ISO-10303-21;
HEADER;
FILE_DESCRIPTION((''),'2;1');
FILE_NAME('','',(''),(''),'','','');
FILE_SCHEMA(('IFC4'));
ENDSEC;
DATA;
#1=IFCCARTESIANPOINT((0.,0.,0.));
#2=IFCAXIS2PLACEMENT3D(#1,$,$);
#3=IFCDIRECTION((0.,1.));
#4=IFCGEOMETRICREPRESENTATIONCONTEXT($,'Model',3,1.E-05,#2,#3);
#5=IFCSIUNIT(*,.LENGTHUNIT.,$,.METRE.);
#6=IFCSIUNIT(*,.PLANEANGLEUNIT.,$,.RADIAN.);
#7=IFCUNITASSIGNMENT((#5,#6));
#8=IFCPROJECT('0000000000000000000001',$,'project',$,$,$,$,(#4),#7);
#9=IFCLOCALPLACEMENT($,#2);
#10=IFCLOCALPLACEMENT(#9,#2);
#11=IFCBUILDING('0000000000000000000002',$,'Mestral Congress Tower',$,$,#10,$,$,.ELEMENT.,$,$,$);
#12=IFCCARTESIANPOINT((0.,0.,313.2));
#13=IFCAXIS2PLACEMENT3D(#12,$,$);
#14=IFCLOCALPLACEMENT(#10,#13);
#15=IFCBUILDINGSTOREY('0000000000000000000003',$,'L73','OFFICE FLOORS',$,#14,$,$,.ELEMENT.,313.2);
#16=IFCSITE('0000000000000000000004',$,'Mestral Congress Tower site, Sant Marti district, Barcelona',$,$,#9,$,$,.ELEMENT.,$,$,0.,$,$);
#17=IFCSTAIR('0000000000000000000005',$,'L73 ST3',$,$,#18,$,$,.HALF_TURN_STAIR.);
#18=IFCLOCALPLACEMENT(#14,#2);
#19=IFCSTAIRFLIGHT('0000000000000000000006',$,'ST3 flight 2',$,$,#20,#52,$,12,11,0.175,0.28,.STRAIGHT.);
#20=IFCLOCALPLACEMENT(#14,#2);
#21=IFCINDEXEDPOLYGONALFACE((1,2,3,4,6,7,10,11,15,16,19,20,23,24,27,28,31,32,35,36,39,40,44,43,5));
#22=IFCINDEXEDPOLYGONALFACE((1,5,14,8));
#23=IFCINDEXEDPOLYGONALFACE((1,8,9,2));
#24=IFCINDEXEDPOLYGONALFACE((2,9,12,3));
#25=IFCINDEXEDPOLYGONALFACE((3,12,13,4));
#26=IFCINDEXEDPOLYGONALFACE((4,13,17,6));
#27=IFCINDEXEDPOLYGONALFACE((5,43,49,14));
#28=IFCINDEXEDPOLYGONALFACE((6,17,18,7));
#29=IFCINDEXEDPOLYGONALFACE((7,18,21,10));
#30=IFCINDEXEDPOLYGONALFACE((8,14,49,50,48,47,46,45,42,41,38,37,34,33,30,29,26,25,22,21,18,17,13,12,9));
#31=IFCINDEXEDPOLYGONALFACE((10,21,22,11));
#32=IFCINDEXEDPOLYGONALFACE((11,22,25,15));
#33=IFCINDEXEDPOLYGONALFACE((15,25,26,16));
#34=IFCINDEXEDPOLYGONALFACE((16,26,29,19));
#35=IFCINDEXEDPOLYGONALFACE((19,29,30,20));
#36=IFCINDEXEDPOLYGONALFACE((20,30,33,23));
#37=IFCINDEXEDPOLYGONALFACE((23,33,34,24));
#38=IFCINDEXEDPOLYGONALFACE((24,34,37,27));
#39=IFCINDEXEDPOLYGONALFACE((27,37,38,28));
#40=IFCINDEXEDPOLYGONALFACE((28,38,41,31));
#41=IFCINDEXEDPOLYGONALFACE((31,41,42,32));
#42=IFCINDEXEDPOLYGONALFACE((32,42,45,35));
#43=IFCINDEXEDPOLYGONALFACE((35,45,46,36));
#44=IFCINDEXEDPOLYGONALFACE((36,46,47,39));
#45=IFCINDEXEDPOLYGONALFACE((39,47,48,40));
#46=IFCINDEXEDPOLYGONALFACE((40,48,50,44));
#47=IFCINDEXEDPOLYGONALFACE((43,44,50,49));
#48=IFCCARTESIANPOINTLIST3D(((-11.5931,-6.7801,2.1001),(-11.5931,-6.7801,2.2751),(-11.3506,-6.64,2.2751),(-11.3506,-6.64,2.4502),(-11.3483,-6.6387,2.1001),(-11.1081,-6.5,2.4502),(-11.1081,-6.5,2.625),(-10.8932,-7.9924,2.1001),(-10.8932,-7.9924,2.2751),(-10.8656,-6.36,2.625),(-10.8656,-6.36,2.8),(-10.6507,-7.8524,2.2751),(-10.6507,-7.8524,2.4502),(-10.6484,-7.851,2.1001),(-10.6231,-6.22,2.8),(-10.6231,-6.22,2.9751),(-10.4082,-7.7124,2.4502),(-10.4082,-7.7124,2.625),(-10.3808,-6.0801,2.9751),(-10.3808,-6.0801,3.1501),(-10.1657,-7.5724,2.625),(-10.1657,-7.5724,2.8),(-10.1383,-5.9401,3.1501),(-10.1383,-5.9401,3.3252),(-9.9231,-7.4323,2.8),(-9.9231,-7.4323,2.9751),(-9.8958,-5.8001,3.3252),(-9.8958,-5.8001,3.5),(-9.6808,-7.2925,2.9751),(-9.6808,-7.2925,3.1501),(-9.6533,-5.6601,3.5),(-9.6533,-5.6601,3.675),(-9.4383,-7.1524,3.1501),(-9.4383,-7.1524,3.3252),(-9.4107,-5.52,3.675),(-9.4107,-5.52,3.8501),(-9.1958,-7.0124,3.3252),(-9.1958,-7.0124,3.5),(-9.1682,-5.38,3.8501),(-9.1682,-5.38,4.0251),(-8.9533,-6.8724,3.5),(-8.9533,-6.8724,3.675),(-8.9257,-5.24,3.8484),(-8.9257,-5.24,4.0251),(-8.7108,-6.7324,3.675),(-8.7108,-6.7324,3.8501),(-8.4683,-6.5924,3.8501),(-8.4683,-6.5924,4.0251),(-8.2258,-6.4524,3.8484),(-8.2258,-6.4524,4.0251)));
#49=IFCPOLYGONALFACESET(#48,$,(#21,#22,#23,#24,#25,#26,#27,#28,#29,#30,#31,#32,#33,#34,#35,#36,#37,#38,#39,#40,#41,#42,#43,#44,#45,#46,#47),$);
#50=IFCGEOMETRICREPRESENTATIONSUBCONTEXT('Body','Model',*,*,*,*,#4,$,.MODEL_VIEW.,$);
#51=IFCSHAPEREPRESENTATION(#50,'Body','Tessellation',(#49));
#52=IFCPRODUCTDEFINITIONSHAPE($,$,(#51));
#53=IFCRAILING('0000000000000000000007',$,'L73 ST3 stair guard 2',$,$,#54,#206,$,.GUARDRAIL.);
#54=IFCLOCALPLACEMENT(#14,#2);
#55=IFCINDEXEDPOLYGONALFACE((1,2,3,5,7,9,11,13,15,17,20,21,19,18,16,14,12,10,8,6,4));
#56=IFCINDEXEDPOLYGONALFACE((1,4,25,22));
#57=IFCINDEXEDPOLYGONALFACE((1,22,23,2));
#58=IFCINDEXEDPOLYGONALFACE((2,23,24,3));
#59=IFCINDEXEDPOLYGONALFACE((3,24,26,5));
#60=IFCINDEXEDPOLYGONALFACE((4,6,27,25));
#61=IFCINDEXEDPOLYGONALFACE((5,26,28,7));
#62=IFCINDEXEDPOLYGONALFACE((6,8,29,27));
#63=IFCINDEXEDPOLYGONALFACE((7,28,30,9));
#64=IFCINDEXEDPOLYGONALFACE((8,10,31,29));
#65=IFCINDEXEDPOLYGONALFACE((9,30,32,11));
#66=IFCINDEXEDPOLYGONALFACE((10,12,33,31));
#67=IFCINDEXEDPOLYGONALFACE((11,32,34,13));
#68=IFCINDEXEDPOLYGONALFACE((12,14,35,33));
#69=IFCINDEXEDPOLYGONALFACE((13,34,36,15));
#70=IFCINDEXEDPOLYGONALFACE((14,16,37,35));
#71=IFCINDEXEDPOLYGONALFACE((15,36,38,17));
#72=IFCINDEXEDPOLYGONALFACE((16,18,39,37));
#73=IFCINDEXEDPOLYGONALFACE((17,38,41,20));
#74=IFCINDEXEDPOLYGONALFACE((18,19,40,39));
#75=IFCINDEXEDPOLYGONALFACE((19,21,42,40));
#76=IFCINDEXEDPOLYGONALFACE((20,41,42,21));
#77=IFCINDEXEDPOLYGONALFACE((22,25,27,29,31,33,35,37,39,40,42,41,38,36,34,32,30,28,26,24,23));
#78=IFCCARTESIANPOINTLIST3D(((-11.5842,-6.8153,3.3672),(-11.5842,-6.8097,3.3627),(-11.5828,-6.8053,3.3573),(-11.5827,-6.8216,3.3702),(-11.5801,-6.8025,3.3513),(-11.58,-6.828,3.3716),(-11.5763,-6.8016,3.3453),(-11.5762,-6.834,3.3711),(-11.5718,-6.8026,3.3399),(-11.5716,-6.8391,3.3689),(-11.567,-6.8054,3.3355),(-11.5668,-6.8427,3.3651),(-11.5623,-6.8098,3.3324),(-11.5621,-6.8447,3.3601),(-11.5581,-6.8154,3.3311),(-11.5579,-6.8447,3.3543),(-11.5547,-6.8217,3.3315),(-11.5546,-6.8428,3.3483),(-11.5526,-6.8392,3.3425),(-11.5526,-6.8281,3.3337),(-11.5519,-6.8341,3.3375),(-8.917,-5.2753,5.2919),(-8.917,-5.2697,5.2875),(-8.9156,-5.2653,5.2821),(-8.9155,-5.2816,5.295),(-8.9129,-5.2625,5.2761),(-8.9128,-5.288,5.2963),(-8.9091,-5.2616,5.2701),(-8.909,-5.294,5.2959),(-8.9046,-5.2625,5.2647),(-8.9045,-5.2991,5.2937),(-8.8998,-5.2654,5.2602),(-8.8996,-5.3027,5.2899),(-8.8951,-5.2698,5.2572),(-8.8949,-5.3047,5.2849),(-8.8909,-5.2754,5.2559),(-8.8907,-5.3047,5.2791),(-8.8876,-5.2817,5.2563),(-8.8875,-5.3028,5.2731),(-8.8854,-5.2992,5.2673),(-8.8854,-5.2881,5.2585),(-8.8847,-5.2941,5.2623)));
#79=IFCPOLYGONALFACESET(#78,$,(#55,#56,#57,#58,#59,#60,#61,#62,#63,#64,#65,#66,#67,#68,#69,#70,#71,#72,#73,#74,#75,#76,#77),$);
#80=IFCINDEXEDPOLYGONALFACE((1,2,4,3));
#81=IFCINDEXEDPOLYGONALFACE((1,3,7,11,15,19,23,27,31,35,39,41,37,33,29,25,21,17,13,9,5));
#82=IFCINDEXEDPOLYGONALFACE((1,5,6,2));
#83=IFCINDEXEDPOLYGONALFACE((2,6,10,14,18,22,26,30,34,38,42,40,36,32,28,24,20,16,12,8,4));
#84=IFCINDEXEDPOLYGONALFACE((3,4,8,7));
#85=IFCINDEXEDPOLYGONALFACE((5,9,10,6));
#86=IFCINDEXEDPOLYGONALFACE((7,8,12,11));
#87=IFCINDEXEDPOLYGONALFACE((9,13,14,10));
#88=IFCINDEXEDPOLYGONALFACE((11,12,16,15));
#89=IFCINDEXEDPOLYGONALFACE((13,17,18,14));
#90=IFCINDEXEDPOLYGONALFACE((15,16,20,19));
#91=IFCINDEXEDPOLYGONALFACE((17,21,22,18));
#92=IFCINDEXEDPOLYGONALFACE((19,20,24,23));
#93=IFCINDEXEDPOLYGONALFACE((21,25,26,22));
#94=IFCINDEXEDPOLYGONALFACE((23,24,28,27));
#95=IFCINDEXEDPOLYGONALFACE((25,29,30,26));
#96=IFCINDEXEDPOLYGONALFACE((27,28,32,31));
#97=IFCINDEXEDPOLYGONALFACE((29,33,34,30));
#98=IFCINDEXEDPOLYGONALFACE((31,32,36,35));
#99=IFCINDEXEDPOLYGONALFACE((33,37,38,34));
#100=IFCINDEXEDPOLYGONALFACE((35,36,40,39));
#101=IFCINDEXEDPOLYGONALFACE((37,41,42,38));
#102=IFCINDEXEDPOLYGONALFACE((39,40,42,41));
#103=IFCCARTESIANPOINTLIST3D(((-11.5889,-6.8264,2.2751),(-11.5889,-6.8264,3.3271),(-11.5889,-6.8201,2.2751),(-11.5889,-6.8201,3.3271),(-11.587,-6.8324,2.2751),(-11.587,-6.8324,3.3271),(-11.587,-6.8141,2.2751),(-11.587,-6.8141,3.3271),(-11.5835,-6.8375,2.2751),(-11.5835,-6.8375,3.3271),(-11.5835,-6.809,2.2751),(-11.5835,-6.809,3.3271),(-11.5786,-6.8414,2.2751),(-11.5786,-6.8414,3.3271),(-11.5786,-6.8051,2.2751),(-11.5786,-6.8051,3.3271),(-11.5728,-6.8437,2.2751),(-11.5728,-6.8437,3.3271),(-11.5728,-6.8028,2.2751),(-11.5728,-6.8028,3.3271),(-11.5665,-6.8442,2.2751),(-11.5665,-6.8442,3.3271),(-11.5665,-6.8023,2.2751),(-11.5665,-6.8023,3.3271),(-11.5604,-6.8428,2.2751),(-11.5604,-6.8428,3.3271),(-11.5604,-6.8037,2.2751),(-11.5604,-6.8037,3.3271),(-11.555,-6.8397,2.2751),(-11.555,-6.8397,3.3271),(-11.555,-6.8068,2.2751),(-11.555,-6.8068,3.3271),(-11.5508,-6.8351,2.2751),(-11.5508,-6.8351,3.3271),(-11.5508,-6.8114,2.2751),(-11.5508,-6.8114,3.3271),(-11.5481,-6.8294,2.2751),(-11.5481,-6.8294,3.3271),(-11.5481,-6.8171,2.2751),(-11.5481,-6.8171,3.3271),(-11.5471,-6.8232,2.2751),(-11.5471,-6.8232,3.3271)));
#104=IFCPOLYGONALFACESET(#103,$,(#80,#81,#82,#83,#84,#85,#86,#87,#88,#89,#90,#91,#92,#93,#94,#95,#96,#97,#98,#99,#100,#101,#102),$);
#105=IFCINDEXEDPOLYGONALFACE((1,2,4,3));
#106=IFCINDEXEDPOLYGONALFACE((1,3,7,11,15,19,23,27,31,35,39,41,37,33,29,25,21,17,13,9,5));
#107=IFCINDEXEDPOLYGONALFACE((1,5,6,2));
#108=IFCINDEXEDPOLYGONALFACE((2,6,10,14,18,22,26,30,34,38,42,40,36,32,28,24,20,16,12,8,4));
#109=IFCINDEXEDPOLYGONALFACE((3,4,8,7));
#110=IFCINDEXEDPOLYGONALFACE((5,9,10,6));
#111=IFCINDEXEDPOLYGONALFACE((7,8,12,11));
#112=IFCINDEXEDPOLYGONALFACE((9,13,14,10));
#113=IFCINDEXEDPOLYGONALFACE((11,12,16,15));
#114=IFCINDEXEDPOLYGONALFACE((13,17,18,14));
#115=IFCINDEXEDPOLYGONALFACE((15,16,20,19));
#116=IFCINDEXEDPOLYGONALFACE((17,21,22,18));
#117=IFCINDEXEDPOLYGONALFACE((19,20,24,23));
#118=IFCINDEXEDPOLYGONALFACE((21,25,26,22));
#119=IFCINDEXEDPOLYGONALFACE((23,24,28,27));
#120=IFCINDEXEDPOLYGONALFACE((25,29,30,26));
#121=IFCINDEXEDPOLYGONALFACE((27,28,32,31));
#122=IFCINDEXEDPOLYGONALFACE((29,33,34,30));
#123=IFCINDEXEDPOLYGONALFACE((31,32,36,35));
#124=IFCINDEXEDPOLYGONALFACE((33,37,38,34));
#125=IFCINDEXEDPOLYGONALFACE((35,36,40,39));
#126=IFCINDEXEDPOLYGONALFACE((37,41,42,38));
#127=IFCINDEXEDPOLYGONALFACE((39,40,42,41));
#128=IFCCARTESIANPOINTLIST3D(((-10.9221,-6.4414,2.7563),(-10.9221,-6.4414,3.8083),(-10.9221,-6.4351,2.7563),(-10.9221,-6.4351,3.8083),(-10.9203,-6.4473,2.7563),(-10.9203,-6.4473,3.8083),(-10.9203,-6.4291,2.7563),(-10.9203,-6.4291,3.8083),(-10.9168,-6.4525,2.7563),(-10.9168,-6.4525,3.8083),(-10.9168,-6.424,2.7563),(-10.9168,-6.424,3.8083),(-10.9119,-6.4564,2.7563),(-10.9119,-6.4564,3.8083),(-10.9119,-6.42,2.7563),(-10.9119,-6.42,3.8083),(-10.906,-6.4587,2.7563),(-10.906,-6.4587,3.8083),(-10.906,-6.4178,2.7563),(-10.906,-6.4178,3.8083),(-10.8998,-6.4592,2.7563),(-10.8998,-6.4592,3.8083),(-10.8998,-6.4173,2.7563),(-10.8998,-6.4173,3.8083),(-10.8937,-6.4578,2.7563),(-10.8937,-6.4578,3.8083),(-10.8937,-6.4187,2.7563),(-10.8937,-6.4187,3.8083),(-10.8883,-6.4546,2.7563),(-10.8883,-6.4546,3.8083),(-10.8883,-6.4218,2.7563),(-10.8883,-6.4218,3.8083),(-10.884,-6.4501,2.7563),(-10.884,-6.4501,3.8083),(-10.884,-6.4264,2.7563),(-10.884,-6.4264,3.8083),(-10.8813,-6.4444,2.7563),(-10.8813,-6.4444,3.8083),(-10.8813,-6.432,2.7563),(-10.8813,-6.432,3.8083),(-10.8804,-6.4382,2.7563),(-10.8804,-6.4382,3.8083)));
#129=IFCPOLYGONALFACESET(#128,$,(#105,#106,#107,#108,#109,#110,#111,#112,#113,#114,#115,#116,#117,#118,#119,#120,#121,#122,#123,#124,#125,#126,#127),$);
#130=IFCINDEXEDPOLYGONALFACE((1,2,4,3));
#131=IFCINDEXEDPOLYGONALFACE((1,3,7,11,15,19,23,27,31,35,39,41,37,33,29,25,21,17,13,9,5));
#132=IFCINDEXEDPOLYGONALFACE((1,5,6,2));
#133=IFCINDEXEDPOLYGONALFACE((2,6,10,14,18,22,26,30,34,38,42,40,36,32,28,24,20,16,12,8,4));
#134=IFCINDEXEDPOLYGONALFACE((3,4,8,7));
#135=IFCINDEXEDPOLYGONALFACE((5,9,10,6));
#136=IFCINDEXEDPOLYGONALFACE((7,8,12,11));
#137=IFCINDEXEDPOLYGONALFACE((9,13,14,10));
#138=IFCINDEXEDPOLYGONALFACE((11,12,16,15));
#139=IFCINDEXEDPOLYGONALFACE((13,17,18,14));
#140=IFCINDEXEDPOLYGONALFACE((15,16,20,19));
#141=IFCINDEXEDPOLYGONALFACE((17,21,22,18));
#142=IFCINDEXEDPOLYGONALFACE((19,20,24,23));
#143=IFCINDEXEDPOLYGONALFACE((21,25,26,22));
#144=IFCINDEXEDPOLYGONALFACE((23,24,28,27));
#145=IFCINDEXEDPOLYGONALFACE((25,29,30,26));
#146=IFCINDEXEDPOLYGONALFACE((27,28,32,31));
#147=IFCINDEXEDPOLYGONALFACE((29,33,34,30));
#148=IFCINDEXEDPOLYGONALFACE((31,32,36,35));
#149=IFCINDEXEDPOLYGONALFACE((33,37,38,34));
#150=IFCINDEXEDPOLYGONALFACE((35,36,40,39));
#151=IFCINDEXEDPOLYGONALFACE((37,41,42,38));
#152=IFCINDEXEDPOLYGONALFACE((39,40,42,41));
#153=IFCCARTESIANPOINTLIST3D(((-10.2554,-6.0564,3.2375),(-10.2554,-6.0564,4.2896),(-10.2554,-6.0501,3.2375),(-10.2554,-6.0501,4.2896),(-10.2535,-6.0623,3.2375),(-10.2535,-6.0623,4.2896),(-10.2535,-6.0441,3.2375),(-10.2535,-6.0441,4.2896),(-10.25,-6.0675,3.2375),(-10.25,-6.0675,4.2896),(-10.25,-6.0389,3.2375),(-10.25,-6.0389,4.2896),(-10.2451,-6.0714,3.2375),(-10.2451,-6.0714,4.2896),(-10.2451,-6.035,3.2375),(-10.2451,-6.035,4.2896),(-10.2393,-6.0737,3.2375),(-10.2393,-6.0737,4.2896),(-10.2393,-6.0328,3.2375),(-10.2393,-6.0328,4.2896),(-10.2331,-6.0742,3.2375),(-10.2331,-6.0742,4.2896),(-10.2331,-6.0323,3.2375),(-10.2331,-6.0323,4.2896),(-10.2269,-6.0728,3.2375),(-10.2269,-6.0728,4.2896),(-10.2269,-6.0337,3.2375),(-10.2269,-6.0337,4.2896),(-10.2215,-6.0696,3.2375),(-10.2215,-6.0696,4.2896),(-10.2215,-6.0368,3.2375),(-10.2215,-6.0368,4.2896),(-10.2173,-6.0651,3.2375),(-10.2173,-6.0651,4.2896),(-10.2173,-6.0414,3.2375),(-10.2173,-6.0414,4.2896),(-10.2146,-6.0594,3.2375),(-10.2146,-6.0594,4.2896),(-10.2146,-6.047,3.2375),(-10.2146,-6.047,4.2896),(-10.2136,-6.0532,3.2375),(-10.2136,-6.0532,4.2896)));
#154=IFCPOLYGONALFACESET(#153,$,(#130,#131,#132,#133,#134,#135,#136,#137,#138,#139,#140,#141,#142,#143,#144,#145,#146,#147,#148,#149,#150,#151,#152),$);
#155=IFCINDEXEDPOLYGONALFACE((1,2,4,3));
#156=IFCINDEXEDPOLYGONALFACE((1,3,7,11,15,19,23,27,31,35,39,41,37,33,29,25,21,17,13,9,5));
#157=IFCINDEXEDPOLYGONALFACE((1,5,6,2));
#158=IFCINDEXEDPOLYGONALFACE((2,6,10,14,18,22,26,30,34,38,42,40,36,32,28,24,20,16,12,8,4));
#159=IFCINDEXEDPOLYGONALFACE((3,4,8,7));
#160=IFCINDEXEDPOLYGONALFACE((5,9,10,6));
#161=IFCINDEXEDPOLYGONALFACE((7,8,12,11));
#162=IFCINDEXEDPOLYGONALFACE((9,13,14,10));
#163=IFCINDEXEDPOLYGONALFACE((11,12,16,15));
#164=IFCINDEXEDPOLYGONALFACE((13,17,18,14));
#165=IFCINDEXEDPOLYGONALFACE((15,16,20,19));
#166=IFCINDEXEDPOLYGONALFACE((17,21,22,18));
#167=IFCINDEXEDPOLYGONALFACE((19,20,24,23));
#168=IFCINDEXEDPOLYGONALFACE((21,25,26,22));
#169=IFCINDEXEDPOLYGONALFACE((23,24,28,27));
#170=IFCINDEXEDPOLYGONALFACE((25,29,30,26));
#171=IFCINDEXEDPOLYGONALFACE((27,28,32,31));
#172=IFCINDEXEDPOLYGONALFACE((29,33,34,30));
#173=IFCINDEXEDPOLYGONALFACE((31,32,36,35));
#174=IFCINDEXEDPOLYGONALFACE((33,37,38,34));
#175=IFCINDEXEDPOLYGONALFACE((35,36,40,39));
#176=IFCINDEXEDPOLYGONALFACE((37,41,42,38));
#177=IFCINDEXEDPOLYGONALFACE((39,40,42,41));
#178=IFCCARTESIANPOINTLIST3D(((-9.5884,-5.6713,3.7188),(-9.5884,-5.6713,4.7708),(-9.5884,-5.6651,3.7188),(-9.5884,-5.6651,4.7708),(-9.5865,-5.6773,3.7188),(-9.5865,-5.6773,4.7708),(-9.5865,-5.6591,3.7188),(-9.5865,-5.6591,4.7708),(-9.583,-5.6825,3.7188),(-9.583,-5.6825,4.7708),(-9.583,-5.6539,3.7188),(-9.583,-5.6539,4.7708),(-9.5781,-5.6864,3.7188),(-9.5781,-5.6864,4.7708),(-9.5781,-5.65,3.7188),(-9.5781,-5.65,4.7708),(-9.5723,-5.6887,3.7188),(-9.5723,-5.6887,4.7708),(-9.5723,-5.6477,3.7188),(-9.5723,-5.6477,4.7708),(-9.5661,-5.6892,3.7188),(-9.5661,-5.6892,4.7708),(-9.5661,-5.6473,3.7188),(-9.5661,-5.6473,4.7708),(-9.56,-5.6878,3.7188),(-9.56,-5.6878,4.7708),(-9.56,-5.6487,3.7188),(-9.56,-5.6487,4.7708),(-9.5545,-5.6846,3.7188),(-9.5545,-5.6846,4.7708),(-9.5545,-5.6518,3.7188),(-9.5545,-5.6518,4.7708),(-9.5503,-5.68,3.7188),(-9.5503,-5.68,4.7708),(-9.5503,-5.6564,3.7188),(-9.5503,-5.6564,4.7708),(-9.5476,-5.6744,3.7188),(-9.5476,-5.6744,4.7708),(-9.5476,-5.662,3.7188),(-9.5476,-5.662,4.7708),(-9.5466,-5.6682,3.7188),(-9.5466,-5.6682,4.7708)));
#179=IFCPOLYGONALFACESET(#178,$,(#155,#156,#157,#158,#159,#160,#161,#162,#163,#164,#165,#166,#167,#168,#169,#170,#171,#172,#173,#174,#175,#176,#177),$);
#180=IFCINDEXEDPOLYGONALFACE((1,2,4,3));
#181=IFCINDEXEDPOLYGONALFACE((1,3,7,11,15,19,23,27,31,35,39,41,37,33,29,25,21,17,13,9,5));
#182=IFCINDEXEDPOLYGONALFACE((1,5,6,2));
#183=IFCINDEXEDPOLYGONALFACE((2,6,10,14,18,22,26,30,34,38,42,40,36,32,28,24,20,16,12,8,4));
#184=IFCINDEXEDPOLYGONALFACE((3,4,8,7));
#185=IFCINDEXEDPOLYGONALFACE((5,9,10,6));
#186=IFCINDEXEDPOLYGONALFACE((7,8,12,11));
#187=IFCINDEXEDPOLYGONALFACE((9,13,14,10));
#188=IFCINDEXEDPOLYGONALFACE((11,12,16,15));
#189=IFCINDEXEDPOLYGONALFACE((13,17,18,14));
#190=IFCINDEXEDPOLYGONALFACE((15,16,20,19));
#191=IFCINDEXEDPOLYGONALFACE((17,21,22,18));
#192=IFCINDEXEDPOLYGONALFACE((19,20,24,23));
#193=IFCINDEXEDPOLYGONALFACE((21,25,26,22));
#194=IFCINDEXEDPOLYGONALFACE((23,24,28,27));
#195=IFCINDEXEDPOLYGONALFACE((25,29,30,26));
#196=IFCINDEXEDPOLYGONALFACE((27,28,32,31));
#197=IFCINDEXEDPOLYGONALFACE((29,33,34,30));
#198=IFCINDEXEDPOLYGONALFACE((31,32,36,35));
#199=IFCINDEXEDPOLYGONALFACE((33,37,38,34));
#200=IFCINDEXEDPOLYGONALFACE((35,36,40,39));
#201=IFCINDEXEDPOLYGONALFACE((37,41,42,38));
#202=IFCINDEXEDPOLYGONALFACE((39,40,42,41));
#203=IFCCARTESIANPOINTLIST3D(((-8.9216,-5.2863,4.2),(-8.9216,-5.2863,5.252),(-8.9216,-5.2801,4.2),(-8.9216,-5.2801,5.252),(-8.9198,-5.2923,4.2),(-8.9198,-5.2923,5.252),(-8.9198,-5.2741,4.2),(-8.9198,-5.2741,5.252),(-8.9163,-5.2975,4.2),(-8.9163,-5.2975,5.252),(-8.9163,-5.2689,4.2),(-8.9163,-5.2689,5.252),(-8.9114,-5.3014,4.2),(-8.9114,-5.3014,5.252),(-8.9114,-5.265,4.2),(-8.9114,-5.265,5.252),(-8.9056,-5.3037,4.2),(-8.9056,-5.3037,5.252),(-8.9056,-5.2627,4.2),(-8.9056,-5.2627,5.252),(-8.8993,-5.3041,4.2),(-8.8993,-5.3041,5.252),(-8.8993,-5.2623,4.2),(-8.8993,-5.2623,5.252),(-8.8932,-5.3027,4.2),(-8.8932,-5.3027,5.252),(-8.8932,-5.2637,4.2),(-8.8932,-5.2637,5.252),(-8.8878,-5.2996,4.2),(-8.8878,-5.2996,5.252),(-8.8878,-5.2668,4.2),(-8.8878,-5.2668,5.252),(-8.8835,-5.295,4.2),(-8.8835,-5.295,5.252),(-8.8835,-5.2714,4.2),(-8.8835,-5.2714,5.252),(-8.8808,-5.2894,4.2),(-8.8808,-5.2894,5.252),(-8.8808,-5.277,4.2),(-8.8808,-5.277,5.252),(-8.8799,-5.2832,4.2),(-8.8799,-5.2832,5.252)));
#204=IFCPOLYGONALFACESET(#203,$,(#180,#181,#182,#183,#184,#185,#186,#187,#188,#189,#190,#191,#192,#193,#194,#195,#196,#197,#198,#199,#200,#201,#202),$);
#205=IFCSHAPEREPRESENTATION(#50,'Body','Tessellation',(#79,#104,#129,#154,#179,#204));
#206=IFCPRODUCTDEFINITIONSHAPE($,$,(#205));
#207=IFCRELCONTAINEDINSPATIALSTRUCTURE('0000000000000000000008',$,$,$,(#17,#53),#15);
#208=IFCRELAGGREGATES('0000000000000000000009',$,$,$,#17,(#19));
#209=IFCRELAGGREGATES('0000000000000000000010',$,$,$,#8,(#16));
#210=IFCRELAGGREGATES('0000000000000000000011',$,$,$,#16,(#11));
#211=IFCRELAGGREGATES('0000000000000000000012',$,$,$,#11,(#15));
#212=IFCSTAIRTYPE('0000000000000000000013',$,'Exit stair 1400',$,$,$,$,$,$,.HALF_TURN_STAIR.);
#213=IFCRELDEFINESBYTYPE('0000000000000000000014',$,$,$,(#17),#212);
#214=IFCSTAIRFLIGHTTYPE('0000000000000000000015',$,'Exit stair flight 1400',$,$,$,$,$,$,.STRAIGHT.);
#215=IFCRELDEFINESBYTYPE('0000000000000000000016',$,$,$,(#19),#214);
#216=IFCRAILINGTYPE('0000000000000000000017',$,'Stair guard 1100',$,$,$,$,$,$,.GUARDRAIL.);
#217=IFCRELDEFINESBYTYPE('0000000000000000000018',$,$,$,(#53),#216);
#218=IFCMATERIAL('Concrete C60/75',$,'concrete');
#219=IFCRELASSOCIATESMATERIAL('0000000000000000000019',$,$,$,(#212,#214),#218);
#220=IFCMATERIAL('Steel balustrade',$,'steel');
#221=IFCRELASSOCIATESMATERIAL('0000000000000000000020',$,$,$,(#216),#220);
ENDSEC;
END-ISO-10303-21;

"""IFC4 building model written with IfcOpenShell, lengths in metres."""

from ifc_helpers import new_model, si_unit, direction, frame, origin, origin_2d, place, context, subcontext, project, spatial, polyline, circle, outline, extrude, material, type_object, element, aggregate, save


model = new_model("IFC4")

# Units and contexts
model_context = context("Model", 3, precision=1e-05, world=origin(), true_north=direction((0.0, 1.0)))
body_context = subcontext(model_context, "Body", "Model", "MODEL_VIEW")
ifc_project = project(units=[si_unit("LENGTHUNIT", "METRE"), si_unit("PLANEANGLEUNIT", "RADIAN")], contexts=[model_context])

# Site, building, storey
site_placement = place(None, origin())
site = spatial("IfcSite", under=ifc_project, at=site_placement, Name="Mestral Congress Tower site, Sant Marti district, Barcelona", CompositionType="ELEMENT", RefElevation=0.0)
building_placement = place(site_placement, origin())
building = spatial("IfcBuilding", under=site, at=building_placement, Name="Mestral Congress Tower", CompositionType="ELEMENT")
storey_placement = place(building_placement, frame((0.0, 0.0, 313.2)))
storey = spatial("IfcBuildingStorey", under=building, at=storey_placement, Name="L73", Description="OFFICE FLOORS", CompositionType="ELEMENT", Elevation=313.2)

# Shared definitions
ifc_material_1 = material(Name="Concrete C60/75", Category="concrete")

# Stair, stair flight
stair_type = type_object("IfcStairType", Name="Exit stair 1400", PredefinedType="HALF_TURN_STAIR", material=ifc_material_1)
stair_placement = place(storey_placement, origin())
stair = element("IfcStair", 1, at=stair_placement, inside=storey, type_object=stair_type, Name="L73 ST3", PredefinedType="HALF_TURN_STAIR")
stair_flight_type = type_object("IfcStairFlightType", Name="Exit stair flight 1400", PredefinedType="STRAIGHT", material=ifc_material_1)
stair_flight_1_placement = place(storey_placement, frame((-11.2432, -7.3862, 2.1001), z_axis=(0.0, 0.0, 1.0), x_axis=(0.866025, 0.5, 0.0)))
stair_flight_1 = element("IfcStairFlight", 2, at=stair_flight_1_placement, type_object=stair_flight_type, Name="ST3 flight 2", NumberOfRisers=12, NumberOfTreads=11, PredefinedType="STRAIGHT", RiserHeight=0.175, TreadLength=0.28, context=body_context, shape_type="SweptSolid", body=[
    extrude(outline(polyline([(0.0, 0.0), (0.0, 0.175), (0.28, 0.175), (0.28, 0.3501), (0.5601, 0.3501), (0.5601, 0.5249), (0.8401, 0.5249), (0.8401, 0.7), (1.1201, 0.7), (1.1201, 0.875), (1.3999, 0.875), (1.3999, 1.05), (1.6799, 1.05), (1.6799, 1.2251), (1.96, 1.2251), (1.96, 1.3999), (2.24, 1.3999), (2.24, 1.575), (2.52, 1.575), (2.52, 1.75), (2.8, 1.75), (2.8, 1.925), (3.0801, 1.925), (3.0801, 2.1001), (3.0801, 1.7483), (0.2827, 0.0), (0.0, 0.0)])), frame((0.0, 0.7, 0.0), z_axis=(0.0, -1.0, 0.0), x_axis=(1.0, 0.0, 0.0)), (0.0, 0.0, 1.0), 1.3999),
])
aggregate(stair, [stair_flight_1])

# Railing
ifc_material_2 = material(Name="Steel balustrade", Category="steel")
railing_type_1 = type_object("IfcRailingType", Name="Stair guard 1100", PredefinedType="GUARDRAIL", material=ifc_material_2)
railing_1_placement = place(storey_placement, frame((-11.5681, -6.8232, 2.2751)))
element("IfcRailing", 3, at=railing_1_placement, inside=storey, type_object=railing_type_1, Name="L73 ST3 stair guard 2", PredefinedType="GUARDRAIL", context=body_context, shape_type="SweptSolid", body=[
    extrude(circle(Radius=0.0239, at=origin_2d()), frame((0.0, 0.0, 1.0762), z_axis=(0.73439, 0.424031, 0.529971), x_axis=(-0.500027, 0.86601, 0.0)), (0.0, 0.0, 1.0), 3.6318),
    extrude(circle(Radius=0.021, at=origin_2d()), origin(), (0.0, 0.0, 1.0), 1.052),
    extrude(circle(Radius=0.021, at=origin_2d()), frame((0.6667, 0.385, 0.4812)), (0.0, 0.0, 1.0), 1.052),
    extrude(circle(Radius=0.021, at=origin_2d()), frame((1.3335, 0.77, 0.9624)), (0.0, 0.0, 1.0), 1.052),
    extrude(circle(Radius=0.021, at=origin_2d()), frame((2.0005, 1.155, 1.4436)), (0.0, 0.0, 1.0), 1.052),
    extrude(circle(Radius=0.021, at=origin_2d()), frame((2.6672, 1.54, 1.9248)), (0.0, 0.0, 1.0), 1.052),
])

save(model, "model.ifc")
